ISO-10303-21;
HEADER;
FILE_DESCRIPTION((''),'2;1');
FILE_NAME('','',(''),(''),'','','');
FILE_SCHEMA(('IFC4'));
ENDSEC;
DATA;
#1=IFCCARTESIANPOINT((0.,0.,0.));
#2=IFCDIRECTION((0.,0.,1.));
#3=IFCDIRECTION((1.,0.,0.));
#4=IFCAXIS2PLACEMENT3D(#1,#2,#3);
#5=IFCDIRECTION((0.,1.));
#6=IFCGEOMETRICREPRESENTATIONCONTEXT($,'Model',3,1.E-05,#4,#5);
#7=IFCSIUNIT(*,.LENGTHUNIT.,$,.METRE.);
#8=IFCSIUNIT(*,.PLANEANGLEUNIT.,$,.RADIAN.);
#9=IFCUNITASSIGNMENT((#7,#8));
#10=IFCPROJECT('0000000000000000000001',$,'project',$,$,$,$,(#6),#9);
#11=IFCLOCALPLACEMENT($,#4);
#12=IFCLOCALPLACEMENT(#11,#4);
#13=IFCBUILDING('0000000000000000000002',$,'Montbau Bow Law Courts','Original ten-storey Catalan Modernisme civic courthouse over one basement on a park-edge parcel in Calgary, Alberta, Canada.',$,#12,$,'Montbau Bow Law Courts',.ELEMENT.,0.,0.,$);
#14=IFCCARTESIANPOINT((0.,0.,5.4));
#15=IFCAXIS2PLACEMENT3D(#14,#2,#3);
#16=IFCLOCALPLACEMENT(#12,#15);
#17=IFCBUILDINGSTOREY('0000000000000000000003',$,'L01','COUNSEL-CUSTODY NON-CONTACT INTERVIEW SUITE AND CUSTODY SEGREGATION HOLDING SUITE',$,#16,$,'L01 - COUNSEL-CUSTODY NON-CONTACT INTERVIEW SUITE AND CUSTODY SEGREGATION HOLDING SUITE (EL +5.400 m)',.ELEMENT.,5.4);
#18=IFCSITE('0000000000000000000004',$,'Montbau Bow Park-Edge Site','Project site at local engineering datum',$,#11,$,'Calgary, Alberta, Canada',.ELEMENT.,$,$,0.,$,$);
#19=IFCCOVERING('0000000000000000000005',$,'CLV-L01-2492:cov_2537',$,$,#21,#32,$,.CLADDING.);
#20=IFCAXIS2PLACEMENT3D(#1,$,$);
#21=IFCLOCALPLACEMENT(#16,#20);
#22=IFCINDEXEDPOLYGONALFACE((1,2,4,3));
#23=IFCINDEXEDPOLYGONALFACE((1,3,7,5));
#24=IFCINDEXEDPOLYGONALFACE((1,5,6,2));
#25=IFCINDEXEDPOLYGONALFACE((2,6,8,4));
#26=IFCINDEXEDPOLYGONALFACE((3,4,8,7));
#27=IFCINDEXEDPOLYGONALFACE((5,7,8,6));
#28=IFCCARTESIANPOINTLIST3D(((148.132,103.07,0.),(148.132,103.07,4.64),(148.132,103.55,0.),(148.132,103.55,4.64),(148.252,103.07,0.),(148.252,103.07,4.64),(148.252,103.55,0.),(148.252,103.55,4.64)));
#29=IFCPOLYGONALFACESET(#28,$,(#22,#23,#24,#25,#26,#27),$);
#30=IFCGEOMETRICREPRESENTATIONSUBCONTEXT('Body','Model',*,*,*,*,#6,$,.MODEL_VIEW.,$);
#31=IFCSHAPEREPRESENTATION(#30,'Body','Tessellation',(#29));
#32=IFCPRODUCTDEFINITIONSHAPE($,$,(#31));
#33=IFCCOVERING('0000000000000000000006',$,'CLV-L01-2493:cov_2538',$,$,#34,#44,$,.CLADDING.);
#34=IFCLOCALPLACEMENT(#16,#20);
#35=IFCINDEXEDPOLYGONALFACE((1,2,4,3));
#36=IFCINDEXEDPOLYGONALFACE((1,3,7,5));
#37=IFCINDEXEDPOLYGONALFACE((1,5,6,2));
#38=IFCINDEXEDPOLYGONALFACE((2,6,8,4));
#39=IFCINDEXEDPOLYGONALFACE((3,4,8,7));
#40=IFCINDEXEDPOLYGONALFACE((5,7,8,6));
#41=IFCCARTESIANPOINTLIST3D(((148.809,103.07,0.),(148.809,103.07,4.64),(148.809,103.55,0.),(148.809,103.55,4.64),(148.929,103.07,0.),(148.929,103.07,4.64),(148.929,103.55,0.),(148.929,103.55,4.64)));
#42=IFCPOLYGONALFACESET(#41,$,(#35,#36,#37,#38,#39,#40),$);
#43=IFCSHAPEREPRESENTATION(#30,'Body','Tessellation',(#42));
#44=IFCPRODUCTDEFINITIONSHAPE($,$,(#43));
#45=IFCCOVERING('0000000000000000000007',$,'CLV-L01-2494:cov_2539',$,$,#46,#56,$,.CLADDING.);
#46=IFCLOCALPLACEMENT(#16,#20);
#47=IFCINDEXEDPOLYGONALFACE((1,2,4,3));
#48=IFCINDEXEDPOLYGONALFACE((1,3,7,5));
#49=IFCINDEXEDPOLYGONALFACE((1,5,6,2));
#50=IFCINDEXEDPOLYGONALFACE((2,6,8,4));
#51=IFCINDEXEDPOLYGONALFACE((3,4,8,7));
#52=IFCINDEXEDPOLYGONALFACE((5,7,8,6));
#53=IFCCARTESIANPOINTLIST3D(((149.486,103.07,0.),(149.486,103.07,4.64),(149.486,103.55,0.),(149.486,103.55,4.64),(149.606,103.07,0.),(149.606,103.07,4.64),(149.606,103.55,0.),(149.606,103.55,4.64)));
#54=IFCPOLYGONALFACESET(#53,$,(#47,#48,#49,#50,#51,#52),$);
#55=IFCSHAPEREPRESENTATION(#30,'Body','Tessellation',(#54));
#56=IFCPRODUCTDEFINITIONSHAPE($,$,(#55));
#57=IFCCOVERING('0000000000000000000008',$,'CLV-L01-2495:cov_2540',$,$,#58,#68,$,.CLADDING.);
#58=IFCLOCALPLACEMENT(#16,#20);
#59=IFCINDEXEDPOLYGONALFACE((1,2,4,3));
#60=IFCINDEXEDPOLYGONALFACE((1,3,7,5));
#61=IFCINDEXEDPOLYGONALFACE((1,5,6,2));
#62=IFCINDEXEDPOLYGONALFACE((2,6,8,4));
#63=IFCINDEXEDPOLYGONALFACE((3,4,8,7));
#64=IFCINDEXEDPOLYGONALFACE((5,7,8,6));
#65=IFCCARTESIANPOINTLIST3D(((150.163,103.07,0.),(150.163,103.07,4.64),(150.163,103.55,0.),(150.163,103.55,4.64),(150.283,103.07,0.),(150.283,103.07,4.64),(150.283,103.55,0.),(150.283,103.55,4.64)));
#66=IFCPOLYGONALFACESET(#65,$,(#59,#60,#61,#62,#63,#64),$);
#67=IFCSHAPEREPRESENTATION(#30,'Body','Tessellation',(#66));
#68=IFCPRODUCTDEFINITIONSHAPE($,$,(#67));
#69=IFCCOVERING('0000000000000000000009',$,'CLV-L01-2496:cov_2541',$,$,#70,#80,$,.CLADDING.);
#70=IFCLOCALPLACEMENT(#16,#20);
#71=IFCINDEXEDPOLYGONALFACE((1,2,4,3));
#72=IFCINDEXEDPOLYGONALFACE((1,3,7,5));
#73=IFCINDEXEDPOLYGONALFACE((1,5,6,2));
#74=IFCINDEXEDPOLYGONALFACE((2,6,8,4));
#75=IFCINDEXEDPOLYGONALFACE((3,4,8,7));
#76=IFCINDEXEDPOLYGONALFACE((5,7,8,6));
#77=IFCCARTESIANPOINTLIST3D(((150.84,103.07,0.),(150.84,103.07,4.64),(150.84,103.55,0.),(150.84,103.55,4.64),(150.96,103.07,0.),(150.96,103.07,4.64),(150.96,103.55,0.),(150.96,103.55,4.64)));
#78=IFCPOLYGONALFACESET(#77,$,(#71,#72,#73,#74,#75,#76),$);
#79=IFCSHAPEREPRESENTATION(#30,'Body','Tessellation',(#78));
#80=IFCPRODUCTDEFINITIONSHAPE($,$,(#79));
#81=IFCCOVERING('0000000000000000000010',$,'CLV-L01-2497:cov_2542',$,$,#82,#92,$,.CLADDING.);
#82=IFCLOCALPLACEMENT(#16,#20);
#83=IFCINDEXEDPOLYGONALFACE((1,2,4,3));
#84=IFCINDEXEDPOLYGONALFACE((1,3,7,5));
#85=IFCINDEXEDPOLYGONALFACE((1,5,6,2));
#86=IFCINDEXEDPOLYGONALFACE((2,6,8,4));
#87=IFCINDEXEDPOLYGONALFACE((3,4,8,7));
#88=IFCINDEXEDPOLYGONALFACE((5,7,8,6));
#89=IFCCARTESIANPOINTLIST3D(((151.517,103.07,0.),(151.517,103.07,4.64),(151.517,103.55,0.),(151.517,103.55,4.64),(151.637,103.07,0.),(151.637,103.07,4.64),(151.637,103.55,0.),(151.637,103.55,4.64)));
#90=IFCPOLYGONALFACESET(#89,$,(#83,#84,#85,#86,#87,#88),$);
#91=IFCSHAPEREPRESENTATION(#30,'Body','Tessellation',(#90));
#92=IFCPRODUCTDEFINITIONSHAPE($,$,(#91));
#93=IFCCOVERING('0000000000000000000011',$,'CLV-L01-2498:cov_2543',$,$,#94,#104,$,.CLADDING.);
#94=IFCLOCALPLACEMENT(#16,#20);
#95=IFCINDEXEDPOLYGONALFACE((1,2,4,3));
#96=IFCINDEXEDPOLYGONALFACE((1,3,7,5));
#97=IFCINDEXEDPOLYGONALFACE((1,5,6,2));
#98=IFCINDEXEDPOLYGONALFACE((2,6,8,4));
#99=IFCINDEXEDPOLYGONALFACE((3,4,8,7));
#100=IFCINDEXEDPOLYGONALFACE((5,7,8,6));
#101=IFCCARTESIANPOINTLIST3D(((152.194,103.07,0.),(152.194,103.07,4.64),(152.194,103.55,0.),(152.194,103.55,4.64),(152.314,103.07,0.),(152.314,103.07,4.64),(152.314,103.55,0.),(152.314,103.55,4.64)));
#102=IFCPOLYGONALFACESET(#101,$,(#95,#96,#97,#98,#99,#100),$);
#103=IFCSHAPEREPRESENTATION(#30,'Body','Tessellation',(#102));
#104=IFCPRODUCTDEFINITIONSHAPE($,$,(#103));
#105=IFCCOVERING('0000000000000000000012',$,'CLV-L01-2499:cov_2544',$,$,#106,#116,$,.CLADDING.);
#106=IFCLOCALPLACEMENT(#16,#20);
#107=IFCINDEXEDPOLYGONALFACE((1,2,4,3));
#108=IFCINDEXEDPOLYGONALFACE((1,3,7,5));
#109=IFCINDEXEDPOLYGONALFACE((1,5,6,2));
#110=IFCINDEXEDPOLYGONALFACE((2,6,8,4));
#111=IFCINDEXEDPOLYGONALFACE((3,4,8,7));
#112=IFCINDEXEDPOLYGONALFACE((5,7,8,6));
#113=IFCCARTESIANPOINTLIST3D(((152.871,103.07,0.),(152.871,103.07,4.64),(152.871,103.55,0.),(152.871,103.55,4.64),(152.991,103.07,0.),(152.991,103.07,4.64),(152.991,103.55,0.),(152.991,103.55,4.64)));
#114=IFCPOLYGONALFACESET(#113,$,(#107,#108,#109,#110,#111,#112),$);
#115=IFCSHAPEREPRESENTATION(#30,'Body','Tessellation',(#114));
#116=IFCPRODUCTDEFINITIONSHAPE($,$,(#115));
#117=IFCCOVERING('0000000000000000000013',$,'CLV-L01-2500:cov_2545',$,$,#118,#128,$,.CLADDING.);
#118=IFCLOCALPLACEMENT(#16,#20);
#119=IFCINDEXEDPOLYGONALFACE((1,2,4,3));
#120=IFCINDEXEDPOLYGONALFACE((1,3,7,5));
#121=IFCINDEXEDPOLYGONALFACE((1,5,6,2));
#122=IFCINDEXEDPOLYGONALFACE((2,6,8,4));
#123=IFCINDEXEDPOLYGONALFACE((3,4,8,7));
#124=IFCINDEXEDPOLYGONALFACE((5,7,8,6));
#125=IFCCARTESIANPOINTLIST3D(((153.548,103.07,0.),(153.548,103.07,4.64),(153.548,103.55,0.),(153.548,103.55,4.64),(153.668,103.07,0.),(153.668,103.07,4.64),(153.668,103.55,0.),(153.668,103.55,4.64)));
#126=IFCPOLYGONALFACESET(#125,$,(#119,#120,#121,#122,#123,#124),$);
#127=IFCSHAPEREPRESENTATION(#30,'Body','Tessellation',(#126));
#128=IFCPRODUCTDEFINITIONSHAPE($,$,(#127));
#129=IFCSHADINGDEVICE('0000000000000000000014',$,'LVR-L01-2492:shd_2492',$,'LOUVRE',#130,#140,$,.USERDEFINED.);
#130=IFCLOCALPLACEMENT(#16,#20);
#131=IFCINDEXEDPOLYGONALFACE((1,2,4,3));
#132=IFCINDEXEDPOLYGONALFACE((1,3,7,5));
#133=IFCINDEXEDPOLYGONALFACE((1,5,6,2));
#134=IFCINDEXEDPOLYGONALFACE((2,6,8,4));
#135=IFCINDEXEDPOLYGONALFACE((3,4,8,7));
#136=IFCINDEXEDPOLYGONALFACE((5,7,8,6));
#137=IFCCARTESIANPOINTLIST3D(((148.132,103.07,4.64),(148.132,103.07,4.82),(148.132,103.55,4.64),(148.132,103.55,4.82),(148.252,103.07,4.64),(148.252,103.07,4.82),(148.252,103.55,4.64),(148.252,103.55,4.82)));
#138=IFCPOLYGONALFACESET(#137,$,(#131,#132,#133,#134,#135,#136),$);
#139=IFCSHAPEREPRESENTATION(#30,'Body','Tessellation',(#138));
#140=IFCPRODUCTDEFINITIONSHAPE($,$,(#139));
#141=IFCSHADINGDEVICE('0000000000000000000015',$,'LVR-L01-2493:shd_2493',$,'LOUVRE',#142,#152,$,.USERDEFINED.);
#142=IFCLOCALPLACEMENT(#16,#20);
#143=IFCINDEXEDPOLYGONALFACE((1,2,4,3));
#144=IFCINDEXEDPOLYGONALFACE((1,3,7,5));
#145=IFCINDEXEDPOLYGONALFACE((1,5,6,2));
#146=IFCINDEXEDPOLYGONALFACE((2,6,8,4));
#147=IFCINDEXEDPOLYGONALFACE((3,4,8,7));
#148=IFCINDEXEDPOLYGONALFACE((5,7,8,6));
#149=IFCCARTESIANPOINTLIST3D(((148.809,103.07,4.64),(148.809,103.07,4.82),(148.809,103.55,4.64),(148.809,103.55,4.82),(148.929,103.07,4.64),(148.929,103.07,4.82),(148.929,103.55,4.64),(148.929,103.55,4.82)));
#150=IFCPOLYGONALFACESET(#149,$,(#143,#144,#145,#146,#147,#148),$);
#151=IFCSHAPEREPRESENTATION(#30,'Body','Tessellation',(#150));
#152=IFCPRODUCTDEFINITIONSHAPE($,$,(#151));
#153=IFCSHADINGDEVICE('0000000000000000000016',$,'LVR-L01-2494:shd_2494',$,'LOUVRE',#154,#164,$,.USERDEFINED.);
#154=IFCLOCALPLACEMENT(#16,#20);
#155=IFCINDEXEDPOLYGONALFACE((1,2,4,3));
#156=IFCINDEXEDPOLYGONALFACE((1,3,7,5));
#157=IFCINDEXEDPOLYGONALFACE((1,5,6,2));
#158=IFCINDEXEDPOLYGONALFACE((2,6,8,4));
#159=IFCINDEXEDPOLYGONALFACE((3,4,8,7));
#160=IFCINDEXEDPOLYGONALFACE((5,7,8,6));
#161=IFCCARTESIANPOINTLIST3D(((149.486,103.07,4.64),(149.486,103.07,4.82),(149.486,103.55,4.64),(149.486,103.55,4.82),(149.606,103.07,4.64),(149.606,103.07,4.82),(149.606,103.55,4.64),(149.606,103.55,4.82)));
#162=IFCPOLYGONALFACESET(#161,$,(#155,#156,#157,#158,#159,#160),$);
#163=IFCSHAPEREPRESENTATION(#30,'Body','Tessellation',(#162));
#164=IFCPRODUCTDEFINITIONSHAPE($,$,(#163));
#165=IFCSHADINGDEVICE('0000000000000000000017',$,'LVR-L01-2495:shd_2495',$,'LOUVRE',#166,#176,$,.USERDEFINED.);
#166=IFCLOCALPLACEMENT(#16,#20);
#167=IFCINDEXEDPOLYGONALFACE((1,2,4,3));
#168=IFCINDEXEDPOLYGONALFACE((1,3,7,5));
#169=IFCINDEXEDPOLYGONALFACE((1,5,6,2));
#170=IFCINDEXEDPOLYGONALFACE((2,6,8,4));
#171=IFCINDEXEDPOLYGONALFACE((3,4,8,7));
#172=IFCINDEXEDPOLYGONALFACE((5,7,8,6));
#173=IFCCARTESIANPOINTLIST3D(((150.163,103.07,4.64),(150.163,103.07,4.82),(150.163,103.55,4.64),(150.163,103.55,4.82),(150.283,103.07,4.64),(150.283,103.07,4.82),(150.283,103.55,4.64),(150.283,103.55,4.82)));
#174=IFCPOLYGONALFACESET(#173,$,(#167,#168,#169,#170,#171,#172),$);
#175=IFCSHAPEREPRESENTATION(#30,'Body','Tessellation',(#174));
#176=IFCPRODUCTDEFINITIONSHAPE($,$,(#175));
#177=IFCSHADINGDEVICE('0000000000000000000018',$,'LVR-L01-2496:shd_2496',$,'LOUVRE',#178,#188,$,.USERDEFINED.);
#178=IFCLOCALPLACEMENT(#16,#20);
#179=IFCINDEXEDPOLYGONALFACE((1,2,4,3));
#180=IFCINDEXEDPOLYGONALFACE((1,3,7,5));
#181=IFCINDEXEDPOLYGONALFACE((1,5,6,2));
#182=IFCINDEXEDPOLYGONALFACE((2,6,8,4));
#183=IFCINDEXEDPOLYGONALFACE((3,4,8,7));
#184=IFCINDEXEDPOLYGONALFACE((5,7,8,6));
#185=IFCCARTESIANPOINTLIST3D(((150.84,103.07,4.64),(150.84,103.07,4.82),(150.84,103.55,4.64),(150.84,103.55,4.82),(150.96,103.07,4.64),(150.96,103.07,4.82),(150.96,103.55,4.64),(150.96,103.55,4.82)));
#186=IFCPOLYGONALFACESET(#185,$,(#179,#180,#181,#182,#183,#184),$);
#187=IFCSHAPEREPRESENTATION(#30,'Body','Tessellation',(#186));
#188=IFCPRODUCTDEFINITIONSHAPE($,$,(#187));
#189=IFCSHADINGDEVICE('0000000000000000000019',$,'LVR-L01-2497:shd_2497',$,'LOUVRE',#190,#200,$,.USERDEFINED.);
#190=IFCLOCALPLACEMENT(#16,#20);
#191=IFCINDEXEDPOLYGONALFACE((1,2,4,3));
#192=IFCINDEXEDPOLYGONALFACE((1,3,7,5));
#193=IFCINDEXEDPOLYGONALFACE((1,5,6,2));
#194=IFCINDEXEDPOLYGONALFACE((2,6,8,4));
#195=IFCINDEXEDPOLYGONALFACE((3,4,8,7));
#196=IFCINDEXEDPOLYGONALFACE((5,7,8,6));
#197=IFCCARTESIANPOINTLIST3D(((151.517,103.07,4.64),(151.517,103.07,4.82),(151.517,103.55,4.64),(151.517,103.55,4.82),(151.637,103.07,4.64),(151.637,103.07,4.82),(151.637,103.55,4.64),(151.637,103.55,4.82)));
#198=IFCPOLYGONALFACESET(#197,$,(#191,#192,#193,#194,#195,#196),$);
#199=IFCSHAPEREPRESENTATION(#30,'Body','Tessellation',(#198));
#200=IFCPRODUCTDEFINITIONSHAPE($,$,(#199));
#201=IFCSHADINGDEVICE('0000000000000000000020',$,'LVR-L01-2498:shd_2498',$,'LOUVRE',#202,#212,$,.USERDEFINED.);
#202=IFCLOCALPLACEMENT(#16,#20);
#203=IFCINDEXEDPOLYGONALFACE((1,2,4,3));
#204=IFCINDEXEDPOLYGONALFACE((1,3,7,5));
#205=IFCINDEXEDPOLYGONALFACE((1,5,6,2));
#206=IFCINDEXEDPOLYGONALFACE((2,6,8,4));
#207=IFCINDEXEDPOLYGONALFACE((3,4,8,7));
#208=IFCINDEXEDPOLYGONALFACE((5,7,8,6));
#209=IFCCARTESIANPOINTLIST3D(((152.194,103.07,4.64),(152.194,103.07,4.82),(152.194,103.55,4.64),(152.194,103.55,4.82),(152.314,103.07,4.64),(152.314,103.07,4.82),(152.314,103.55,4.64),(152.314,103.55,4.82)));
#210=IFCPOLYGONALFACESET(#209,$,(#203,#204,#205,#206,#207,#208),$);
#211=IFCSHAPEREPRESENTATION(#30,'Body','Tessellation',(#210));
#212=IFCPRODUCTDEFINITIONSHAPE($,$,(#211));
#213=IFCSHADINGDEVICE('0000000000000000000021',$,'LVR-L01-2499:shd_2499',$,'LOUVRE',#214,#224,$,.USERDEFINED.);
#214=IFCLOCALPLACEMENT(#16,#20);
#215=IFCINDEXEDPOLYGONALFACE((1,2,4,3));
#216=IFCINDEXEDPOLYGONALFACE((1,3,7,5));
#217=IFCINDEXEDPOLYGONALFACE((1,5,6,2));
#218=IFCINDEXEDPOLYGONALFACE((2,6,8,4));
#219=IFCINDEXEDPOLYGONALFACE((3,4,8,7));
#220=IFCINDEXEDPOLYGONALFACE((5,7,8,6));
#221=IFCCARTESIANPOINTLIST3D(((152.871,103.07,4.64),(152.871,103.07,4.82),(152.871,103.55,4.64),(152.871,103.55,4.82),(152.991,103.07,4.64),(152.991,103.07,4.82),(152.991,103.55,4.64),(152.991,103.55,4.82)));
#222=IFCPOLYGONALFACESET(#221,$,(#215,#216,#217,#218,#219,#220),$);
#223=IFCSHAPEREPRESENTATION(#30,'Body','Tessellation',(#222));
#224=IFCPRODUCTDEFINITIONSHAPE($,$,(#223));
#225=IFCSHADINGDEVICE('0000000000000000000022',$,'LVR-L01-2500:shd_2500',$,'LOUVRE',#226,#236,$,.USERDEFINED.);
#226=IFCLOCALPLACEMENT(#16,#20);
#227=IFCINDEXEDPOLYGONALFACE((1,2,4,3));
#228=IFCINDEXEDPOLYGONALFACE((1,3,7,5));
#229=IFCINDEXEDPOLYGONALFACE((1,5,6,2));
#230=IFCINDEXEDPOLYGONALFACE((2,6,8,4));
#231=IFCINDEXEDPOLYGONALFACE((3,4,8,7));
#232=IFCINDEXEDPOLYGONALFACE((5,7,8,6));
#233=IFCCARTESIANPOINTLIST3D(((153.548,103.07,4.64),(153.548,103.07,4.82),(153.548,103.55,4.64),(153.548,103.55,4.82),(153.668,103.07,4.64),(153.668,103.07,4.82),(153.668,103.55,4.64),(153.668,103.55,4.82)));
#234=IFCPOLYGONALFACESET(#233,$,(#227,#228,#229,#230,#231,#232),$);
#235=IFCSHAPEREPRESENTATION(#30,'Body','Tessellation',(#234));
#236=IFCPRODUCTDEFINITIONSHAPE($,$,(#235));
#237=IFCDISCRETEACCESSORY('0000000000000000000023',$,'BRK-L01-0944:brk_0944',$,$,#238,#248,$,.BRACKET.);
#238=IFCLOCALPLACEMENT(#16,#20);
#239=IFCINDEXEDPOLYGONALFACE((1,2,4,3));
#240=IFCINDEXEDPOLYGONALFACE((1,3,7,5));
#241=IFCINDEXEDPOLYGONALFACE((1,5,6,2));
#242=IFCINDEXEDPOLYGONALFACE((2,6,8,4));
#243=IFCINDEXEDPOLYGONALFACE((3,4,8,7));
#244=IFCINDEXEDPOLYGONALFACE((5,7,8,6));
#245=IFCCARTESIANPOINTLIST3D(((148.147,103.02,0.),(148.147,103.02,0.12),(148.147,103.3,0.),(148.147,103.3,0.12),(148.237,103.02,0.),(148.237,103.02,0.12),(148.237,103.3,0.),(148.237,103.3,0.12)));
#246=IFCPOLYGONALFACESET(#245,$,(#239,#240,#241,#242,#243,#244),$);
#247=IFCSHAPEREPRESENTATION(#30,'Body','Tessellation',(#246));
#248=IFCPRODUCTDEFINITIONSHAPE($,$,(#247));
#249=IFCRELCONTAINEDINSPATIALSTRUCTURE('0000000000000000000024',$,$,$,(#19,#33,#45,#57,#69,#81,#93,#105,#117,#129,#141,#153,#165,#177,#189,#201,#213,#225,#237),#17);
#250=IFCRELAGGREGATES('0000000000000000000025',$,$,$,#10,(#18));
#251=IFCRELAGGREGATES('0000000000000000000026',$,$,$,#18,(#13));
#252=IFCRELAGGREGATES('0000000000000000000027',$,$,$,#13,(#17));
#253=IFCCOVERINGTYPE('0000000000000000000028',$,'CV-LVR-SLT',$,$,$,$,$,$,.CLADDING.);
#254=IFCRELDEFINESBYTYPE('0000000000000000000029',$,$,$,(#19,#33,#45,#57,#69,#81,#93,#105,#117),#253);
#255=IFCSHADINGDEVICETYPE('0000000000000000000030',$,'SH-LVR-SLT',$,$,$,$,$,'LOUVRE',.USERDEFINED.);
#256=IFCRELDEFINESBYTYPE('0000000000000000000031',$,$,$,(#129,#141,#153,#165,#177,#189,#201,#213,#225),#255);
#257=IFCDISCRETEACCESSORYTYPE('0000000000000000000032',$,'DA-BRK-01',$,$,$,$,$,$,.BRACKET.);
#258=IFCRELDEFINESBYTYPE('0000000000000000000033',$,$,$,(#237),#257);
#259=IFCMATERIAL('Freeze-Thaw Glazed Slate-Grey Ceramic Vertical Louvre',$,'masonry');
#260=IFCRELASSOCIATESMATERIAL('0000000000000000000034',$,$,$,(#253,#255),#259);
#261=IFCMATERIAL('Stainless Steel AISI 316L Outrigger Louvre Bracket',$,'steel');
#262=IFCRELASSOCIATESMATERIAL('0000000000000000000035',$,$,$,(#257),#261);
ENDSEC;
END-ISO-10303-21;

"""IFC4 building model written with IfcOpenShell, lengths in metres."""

from ifc_helpers import new_model, si_unit, direction, frame, frame_2d, origin_with_axes, origin_2d_with_axis, place, context, subcontext, project, spatial, rectangle, extrude, material, type_object, element, save


model = new_model("IFC4")

# Units and contexts
model_context = context("Model", 3, precision=1e-05, world=origin_with_axes(), true_north=direction((0.0, 1.0)))
body_context = subcontext(model_context, "Body", "Model", "MODEL_VIEW")
ifc_project = project(units=[si_unit("LENGTHUNIT", "METRE"), si_unit("PLANEANGLEUNIT", "RADIAN")], contexts=[model_context])

# Site, building, storey
site_placement = place(None, origin_with_axes())
site = spatial("IfcSite", under=ifc_project, at=site_placement, Name="Montbau Bow Park-Edge Site", Description="Project site at local engineering datum", LongName="Calgary, Alberta, Canada", CompositionType="ELEMENT", RefElevation=0.0)
building_placement = place(site_placement, origin_with_axes())
building = spatial("IfcBuilding", under=site, at=building_placement, Name="Montbau Bow Law Courts", Description="Original ten-storey Catalan Modernisme civic courthouse over one basement on a park-edge parcel in Calgary, Alberta, Canada.", LongName="Montbau Bow Law Courts", CompositionType="ELEMENT", ElevationOfRefHeight=0.0, ElevationOfTerrain=0.0)
storey_placement = place(building_placement, frame((0.0, 0.0, 5.4), z_axis=(0.0, 0.0, 1.0), x_axis=(1.0, 0.0, 0.0)))
storey = spatial("IfcBuildingStorey", under=building, at=storey_placement, Name="L01", Description="COUNSEL-CUSTODY NON-CONTACT INTERVIEW SUITE AND CUSTODY SEGREGATION HOLDING SUITE", LongName="L01 - COUNSEL-CUSTODY NON-CONTACT INTERVIEW SUITE AND CUSTODY SEGREGATION HOLDING SUITE (EL +5.400 m)", CompositionType="ELEMENT", Elevation=5.4)

# Coverings
ifc_material_1 = material(Name="Freeze-Thaw Glazed Slate-Grey Ceramic Vertical Louvre", Category="masonry")
covering_type = type_object("IfcCoveringType", Name="CV-LVR-SLT", PredefinedType="CLADDING", material=ifc_material_1)
for number, where, z_axis, x_axis, name in (
    (1, (148.192, 103.07, 5.4), (1.0, 0.0, 0.0), (0.0, 1.0, 0.0), "CLV-L01-2492:cov_2537"),
    (2, (148.869, 103.07, 5.4), (1.0, 0.0, 0.0), (0.0, 1.0, 0.0), "CLV-L01-2493:cov_2538"),
    (3, (149.546, 103.07, 5.4), (1.0, 0.0, 0.0), (0.0, 1.0, 0.0), "CLV-L01-2494:cov_2539"),
    (4, (150.223, 103.07, 5.4), (1.0, 0.0, 0.0), (0.0, 1.0, 0.0), "CLV-L01-2495:cov_2540"),
    (5, (150.9, 103.07, 5.4), (1.0, 0.0, 0.0), (0.0, 1.0, 0.0), "CLV-L01-2496:cov_2541"),
    (6, (151.577, 103.07, 5.4), (1.0, 0.0, 0.0), (0.0, 1.0, 0.0), "CLV-L01-2497:cov_2542"),
    (7, (152.254, 103.07, 5.4), (1.0, 0.0, 0.0), (0.0, 1.0, 0.0), "CLV-L01-2498:cov_2543"),
    (8, (152.931, 103.07, 5.4), (1.0, 0.0, 0.0), (0.0, 1.0, 0.0), "CLV-L01-2499:cov_2544"),
    (9, (153.608, 103.07, 5.4), (1.0, 0.0, 0.0), (0.0, 1.0, 0.0), "CLV-L01-2500:cov_2545"),
):
    element("IfcCovering", number, at=place(None, frame(where, z_axis=z_axis, x_axis=x_axis)), inside=storey, type_object=covering_type, Name=name, PredefinedType="CLADDING", context=body_context, shape_type="SweptSolid", body=[
        extrude(rectangle(XDim=0.48, YDim=4.64, at=frame_2d((0.24, 2.32), x_axis=(1.0, 0.0))), frame((0.0, 0.0, -0.06), z_axis=(0.0, 0.0, 1.0), x_axis=(1.0, 0.0, 0.0)), (0.0, 0.0, 1.0), 0.12),
    ])

# Shading devices
shading_device_type = type_object("IfcShadingDeviceType", Name="SH-LVR-SLT", ElementType="LOUVRE", PredefinedType="USERDEFINED", material=ifc_material_1)
for number, where, z_axis, x_axis, name in (
    (10, (148.192, 103.31, 10.04), (0.0, 0.0, 1.0), (0.0, 1.0, 0.0), "LVR-L01-2492:shd_2492"),
    (11, (148.869, 103.31, 10.04), (0.0, 0.0, 1.0), (0.0, 1.0, 0.0), "LVR-L01-2493:shd_2493"),
    (12, (149.546, 103.31, 10.04), (0.0, 0.0, 1.0), (0.0, 1.0, 0.0), "LVR-L01-2494:shd_2494"),
    (13, (150.223, 103.31, 10.04), (0.0, 0.0, 1.0), (0.0, 1.0, 0.0), "LVR-L01-2495:shd_2495"),
    (14, (150.9, 103.31, 10.04), (0.0, 0.0, 1.0), (0.0, 1.0, 0.0), "LVR-L01-2496:shd_2496"),
    (15, (151.577, 103.31, 10.04), (0.0, 0.0, 1.0), (0.0, 1.0, 0.0), "LVR-L01-2497:shd_2497"),
    (16, (152.254, 103.31, 10.04), (0.0, 0.0, 1.0), (0.0, 1.0, 0.0), "LVR-L01-2498:shd_2498"),
    (17, (152.931, 103.31, 10.04), (0.0, 0.0, 1.0), (0.0, 1.0, 0.0), "LVR-L01-2499:shd_2499"),
    (18, (153.608, 103.31, 10.04), (0.0, 0.0, 1.0), (0.0, 1.0, 0.0), "LVR-L01-2500:shd_2500"),
):
    element("IfcShadingDevice", number, at=place(None, frame(where, z_axis=z_axis, x_axis=x_axis)), inside=storey, type_object=shading_device_type, Name=name, ObjectType="LOUVRE", PredefinedType="USERDEFINED", context=body_context, shape_type="SweptSolid", body=[
        extrude(rectangle(XDim=0.48, YDim=0.12, at=origin_2d_with_axis()), origin_with_axes(), (0.0, 0.0, 1.0), 0.18),
    ])

# Discrete accessory
ifc_material_2 = material(Name="Stainless Steel AISI 316L Outrigger Louvre Bracket", Category="steel")
discrete_accessory_type = type_object("IfcDiscreteAccessoryType", Name="DA-BRK-01", PredefinedType="BRACKET", material=ifc_material_2)
for number, where, z_axis, x_axis, name in (
    (19, (148.192, 103.16, 5.4), (0.0, 0.0, 1.0), (0.0, 1.0, 0.0), "BRK-L01-0944:brk_0944"),
):
    element("IfcDiscreteAccessory", number, at=place(None, frame(where, z_axis=z_axis, x_axis=x_axis)), inside=storey, type_object=discrete_accessory_type, Name=name, PredefinedType="BRACKET", context=body_context, shape_type="SweptSolid", body=[
        extrude(rectangle(XDim=0.28, YDim=0.09, at=origin_2d_with_axis()), origin_with_axes(), (0.0, 0.0, 1.0), 0.12),
    ])

save(model, "model.ifc")
